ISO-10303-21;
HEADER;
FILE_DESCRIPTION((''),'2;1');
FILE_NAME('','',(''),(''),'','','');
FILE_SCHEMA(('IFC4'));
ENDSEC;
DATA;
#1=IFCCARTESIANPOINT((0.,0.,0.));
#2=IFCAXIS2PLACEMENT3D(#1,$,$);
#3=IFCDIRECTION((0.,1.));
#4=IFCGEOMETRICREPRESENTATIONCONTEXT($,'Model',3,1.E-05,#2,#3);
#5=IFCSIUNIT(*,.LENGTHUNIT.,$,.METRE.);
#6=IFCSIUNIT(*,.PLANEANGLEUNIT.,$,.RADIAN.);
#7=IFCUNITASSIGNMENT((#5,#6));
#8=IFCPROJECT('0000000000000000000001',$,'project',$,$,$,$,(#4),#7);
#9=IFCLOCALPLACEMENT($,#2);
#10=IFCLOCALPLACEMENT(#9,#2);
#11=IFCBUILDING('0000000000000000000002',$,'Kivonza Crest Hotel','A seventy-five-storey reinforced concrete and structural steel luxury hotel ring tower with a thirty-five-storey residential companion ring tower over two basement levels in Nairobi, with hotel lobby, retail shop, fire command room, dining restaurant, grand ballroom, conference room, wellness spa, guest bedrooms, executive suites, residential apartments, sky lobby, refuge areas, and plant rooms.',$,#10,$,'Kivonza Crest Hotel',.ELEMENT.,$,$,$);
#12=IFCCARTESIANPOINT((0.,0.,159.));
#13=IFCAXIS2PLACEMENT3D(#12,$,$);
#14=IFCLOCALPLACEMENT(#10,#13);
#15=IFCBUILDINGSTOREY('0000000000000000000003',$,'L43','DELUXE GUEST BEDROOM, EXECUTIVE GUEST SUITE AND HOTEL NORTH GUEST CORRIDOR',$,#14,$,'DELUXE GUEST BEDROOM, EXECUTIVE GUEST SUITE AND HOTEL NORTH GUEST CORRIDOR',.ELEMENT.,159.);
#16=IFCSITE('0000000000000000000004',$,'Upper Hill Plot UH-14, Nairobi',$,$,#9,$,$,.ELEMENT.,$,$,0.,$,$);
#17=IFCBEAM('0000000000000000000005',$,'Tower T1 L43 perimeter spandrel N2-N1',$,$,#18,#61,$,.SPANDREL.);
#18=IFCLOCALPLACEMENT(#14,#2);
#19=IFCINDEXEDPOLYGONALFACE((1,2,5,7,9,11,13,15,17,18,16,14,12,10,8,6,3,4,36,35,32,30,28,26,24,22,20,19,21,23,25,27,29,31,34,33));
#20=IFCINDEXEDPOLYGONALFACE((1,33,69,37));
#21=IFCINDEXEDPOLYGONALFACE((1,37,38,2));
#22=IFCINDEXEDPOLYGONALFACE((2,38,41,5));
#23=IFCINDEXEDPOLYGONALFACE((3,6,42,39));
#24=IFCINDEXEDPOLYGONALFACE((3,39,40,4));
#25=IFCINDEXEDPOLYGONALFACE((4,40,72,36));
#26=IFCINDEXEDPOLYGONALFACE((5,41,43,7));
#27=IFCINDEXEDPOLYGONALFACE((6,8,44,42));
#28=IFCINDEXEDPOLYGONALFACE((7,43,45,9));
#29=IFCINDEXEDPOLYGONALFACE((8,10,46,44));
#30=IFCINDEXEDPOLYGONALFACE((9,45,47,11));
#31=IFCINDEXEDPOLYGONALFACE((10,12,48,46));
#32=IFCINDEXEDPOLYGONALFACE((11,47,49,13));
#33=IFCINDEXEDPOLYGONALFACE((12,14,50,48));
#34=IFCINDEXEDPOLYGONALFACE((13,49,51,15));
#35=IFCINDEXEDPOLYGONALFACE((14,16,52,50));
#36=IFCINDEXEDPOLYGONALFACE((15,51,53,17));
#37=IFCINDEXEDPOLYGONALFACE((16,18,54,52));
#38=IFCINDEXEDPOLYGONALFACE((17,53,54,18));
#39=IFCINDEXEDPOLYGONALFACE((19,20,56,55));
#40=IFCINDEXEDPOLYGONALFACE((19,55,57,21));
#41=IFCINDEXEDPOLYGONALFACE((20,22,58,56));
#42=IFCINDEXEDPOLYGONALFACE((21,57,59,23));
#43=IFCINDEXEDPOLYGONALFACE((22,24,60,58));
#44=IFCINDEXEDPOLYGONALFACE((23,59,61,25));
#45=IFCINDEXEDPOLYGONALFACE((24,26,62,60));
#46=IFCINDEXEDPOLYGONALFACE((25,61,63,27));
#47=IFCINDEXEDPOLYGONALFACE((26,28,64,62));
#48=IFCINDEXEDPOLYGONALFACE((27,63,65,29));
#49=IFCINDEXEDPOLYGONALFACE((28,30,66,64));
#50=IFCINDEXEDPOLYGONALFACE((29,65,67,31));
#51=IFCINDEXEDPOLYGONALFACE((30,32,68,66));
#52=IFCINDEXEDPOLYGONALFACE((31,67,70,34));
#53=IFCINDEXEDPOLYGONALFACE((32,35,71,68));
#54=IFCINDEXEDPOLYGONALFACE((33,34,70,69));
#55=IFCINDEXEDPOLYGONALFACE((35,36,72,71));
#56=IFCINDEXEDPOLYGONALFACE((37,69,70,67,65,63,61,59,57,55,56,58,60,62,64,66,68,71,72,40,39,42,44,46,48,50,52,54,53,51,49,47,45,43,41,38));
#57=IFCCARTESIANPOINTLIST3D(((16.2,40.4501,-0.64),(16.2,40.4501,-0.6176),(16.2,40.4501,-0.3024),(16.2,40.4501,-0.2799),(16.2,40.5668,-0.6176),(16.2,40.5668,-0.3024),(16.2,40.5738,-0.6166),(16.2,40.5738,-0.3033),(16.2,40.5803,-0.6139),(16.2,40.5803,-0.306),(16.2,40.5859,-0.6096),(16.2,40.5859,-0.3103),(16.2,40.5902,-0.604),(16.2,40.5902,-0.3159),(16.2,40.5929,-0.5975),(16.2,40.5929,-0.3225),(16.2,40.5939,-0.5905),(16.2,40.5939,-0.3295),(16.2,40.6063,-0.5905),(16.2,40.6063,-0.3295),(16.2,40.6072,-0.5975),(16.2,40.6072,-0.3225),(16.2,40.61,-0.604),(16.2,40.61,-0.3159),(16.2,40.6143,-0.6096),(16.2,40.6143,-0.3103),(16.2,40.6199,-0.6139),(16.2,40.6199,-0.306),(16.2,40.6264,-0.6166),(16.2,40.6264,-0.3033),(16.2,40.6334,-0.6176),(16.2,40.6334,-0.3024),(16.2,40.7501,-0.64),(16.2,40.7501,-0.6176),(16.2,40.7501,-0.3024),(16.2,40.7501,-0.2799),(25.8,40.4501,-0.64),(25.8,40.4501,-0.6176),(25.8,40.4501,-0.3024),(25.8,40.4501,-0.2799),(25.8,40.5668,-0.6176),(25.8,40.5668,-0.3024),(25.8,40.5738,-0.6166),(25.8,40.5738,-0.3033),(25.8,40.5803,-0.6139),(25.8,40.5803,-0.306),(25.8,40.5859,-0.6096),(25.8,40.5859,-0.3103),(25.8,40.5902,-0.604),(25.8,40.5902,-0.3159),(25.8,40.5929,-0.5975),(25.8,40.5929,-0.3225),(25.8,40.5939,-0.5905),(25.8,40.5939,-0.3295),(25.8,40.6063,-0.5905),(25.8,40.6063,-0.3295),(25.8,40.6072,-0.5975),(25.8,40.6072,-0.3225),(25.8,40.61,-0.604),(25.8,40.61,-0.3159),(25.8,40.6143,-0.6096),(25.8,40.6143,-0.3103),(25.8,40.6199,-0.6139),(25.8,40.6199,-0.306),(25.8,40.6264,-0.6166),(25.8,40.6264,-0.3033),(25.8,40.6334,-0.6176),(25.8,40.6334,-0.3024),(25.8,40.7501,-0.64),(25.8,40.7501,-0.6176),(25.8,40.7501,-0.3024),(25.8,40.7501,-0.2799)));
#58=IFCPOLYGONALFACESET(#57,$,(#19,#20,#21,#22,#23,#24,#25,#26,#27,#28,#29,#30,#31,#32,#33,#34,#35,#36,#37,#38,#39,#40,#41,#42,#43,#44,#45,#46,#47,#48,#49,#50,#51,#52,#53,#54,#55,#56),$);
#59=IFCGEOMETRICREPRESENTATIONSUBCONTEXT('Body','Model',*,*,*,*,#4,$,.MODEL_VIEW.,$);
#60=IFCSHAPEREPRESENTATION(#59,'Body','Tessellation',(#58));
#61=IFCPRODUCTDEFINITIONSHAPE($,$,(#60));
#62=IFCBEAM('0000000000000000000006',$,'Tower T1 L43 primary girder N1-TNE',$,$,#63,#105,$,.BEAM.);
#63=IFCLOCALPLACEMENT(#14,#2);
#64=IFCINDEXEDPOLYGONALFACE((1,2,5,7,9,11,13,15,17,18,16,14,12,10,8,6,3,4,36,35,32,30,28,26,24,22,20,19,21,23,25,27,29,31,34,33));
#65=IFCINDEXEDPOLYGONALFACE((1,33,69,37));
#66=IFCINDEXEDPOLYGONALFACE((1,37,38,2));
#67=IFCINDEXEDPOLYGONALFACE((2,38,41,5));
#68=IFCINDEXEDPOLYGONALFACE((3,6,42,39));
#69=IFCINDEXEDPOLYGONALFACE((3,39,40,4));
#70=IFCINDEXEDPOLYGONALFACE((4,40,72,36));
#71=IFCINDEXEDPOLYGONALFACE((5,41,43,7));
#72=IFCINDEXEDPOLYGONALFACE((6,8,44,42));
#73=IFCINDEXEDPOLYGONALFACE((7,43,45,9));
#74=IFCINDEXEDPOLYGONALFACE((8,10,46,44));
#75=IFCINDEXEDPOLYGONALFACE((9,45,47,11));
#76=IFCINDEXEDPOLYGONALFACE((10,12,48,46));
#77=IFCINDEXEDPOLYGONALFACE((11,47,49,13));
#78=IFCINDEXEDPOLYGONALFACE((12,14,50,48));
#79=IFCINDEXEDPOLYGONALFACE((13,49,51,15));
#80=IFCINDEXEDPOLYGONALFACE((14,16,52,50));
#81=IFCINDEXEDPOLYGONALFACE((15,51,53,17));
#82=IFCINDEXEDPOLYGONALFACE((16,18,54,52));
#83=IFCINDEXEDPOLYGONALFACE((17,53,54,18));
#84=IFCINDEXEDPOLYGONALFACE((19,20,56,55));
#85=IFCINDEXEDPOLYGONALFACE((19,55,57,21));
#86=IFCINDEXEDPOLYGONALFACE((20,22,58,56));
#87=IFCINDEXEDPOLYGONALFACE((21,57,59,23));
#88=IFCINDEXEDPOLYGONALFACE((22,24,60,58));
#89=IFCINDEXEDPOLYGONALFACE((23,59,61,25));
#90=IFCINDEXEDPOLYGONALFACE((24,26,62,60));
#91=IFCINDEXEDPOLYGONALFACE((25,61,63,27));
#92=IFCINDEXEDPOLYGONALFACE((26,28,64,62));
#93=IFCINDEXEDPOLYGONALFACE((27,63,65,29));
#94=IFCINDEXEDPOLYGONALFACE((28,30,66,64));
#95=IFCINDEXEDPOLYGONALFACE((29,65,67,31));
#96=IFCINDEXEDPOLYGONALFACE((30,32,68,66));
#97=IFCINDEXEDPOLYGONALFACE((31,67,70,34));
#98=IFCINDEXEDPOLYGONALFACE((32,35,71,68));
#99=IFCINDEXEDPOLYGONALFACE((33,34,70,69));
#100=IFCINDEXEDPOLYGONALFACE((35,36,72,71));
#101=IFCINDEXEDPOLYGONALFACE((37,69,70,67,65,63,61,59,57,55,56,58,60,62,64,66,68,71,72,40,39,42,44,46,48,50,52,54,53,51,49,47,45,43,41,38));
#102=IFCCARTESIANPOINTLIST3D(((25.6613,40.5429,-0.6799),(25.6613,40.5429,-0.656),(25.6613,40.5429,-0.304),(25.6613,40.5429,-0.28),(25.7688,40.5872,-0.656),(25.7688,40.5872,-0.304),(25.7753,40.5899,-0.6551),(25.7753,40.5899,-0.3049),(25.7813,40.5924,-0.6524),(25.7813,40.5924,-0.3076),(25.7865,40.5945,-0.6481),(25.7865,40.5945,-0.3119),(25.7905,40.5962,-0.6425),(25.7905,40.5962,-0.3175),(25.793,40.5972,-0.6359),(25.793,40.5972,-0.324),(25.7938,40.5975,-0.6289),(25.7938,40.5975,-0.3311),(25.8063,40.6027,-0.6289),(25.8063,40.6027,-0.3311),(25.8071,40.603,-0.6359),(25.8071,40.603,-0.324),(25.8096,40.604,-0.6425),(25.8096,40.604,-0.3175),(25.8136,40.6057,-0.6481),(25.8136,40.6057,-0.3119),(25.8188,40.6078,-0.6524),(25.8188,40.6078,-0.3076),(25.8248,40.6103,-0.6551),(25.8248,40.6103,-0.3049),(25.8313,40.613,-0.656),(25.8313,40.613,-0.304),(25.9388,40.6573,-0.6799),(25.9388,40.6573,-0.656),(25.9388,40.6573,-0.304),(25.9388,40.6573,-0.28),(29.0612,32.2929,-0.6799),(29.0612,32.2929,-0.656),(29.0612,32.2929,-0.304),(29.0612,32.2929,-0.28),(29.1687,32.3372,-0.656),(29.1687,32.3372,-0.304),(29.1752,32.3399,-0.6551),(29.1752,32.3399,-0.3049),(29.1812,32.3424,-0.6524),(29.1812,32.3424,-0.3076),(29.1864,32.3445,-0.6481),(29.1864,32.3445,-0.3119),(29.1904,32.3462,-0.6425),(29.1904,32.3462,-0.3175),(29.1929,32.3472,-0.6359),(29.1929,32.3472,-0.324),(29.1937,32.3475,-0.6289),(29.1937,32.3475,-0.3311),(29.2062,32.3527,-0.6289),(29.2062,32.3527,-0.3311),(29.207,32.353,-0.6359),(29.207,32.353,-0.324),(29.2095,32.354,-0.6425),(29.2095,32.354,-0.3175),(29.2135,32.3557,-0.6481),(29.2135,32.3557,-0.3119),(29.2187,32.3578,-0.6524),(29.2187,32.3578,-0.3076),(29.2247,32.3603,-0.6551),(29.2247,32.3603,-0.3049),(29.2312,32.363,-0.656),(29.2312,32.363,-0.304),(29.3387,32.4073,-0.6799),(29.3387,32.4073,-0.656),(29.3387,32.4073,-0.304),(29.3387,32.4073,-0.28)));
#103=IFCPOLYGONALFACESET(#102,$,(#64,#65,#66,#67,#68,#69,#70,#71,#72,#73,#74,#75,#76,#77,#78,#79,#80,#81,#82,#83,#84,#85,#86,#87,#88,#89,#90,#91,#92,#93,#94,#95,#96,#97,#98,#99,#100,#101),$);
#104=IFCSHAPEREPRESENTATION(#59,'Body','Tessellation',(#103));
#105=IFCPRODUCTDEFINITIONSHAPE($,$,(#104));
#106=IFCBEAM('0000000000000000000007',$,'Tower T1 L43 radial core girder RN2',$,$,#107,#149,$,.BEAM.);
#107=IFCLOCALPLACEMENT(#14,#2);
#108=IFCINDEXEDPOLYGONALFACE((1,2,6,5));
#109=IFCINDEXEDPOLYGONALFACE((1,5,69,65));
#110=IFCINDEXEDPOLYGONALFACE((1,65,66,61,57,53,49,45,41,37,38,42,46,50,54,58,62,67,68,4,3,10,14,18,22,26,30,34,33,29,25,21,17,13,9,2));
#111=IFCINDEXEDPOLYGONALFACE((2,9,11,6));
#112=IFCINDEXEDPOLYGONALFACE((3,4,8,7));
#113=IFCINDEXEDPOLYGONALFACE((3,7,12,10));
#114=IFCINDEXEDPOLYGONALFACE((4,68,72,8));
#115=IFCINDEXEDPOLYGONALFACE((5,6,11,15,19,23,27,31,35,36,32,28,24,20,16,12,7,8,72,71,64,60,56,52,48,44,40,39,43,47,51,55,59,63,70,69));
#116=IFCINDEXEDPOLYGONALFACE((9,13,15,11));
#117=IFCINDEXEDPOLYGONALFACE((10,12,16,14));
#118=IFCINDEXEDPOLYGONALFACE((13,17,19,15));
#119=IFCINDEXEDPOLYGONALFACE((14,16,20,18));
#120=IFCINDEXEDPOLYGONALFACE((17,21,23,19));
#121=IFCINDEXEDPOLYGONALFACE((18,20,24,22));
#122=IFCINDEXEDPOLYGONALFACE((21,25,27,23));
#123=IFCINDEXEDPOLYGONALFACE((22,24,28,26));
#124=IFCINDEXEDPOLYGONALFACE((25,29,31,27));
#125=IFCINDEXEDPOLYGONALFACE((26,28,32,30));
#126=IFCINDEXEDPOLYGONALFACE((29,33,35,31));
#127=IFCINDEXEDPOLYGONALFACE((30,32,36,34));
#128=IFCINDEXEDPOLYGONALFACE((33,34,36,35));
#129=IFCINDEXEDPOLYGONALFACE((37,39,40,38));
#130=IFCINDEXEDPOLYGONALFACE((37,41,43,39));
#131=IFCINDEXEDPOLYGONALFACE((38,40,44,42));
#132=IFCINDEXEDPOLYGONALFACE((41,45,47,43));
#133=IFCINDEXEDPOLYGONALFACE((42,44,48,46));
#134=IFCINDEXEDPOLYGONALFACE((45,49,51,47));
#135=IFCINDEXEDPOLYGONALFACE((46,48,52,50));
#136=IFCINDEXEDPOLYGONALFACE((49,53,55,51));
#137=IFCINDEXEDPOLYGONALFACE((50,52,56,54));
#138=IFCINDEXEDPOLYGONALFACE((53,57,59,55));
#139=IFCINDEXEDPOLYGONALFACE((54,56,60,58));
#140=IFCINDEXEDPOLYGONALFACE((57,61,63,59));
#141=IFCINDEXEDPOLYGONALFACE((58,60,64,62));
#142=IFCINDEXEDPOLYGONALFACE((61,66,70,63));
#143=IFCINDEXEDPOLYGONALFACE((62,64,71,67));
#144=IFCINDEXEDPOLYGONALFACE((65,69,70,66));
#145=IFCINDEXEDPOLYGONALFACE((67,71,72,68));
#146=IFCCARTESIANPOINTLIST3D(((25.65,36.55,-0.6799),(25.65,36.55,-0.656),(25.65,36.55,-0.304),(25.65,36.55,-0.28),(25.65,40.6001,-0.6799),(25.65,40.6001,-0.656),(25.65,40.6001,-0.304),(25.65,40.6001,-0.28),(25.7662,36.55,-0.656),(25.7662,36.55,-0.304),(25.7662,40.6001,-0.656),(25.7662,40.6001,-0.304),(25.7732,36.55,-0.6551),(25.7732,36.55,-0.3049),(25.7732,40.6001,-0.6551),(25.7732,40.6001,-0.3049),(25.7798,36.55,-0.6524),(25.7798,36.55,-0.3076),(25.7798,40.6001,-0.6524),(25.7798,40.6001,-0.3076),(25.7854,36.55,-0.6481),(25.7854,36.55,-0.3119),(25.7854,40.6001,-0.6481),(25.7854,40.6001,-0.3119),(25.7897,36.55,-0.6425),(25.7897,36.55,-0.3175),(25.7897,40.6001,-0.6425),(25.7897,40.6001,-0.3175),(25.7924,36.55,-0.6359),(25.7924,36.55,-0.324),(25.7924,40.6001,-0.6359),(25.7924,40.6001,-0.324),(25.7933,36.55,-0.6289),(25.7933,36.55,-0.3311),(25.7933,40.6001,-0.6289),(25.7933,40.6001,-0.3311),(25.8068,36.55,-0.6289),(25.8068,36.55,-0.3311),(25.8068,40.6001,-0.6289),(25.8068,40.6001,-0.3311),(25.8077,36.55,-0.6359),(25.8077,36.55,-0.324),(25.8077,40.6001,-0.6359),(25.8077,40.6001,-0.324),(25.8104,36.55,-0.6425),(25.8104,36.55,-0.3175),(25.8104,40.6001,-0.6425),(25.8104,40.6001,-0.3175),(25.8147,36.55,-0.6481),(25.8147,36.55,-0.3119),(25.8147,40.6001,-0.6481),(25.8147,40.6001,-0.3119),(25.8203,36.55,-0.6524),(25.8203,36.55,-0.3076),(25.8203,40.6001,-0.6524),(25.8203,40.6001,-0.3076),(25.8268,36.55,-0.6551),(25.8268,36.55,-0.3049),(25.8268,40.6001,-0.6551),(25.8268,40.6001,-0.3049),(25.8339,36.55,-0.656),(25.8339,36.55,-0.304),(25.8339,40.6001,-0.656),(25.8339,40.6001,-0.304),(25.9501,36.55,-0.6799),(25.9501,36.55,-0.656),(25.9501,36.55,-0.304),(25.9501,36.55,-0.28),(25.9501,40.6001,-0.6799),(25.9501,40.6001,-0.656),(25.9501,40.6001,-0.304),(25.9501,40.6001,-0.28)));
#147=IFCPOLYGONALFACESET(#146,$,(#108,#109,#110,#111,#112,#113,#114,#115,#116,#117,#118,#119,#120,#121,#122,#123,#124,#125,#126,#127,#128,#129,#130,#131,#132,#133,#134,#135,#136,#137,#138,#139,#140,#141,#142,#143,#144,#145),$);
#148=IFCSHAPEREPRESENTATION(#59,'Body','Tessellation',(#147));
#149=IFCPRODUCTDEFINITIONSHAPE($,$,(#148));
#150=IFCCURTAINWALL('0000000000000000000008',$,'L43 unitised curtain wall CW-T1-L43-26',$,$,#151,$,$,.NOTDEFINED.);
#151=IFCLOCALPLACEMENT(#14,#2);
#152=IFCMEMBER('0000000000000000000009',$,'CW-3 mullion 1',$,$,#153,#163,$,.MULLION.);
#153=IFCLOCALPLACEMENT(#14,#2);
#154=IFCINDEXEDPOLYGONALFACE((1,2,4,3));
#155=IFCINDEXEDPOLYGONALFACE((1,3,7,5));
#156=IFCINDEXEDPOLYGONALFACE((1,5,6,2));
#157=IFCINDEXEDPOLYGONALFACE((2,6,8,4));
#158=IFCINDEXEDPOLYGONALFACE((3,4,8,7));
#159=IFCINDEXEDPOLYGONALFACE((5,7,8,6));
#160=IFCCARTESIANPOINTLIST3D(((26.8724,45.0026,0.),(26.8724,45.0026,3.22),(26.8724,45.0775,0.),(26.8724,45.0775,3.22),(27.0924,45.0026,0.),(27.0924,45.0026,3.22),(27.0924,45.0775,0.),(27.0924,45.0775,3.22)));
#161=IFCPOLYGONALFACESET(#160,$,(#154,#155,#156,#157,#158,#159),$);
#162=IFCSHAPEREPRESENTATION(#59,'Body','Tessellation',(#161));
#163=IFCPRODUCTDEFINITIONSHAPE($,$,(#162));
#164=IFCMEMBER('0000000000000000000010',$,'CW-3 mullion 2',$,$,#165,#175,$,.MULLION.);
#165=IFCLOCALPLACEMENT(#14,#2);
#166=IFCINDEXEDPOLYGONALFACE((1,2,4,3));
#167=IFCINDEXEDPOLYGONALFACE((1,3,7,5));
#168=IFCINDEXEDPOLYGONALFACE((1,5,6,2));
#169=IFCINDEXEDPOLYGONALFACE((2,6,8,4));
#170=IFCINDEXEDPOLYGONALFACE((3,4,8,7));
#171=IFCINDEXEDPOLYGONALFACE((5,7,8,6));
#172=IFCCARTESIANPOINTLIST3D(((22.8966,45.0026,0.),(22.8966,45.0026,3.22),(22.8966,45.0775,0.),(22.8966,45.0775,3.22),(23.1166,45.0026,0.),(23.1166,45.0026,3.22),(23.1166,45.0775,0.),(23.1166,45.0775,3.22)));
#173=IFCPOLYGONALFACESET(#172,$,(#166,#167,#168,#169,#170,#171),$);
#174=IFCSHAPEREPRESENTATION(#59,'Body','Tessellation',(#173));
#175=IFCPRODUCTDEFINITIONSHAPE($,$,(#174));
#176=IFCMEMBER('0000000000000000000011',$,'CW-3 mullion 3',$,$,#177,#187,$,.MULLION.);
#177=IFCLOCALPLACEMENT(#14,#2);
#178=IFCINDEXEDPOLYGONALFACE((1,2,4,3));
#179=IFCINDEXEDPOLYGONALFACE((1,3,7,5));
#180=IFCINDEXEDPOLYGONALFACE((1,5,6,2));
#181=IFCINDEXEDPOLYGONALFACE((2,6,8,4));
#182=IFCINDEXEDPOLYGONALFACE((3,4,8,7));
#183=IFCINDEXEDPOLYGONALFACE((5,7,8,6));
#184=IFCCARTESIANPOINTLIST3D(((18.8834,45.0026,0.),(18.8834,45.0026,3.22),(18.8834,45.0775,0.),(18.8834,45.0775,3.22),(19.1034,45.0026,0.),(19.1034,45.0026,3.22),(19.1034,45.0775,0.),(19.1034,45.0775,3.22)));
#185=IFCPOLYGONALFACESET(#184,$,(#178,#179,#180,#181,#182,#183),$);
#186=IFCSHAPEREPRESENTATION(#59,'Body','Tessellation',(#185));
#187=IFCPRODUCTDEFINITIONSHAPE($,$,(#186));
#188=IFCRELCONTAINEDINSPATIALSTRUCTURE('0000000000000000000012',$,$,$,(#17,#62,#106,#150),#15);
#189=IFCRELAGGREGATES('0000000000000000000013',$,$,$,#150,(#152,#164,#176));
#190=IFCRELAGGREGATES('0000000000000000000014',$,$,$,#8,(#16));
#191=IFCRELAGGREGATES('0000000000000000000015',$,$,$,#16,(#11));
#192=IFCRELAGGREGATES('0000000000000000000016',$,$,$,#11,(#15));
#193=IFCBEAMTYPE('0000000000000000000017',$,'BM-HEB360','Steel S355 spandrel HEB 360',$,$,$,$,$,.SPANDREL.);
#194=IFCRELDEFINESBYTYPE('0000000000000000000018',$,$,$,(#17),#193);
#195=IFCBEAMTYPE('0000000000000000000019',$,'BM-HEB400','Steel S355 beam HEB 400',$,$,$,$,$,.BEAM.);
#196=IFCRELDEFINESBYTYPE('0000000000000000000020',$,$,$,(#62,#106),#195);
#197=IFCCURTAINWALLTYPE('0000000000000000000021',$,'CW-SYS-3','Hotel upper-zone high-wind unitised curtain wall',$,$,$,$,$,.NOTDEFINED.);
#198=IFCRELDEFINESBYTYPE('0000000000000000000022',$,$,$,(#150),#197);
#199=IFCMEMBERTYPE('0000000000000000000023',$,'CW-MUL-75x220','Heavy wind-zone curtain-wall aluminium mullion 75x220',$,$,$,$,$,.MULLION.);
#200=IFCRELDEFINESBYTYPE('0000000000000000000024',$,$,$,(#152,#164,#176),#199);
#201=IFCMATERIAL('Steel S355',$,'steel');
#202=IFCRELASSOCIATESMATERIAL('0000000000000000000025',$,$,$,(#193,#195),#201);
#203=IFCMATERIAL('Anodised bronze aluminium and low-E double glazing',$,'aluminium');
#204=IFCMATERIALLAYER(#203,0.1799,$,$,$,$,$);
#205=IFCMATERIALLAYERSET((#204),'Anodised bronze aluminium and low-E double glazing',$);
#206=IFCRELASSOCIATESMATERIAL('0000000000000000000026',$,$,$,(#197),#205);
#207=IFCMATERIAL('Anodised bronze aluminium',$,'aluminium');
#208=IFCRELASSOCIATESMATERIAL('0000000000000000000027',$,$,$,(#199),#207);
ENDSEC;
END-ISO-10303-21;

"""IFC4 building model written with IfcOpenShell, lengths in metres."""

from ifc_helpers import new_model, si_unit, direction, frame, origin, origin_2d, place, context, subcontext, project, spatial, rectangle, i_section, extrude, material, layer, layer_set, material_profile, profile_set, type_object, element, aggregate, save


model = new_model("IFC4")

# Units and contexts
model_context = context("Model", 3, precision=1e-05, world=origin(), true_north=direction((0.0, 1.0)))
body_context = subcontext(model_context, "Body", "Model", "MODEL_VIEW")
ifc_project = project(units=[si_unit("LENGTHUNIT", "METRE"), si_unit("PLANEANGLEUNIT", "RADIAN")], contexts=[model_context])

# Site, building, storey
site_placement = place(None, origin())
site = spatial("IfcSite", under=ifc_project, at=site_placement, Name="Upper Hill Plot UH-14, Nairobi", CompositionType="ELEMENT", RefElevation=0.0)
building_placement = place(site_placement, origin())
building = spatial("IfcBuilding", under=site, at=building_placement, Name="Kivonza Crest Hotel", Description="A seventy-five-storey reinforced concrete and structural steel luxury hotel ring tower with a thirty-five-storey residential companion ring tower over two basement levels in Nairobi, with hotel lobby, retail shop, fire command room, dining restaurant, grand ballroom, conference room, wellness spa, guest bedrooms, executive suites, residential apartments, sky lobby, refuge areas, and plant rooms.", LongName="Kivonza Crest Hotel", CompositionType="ELEMENT")
storey_placement = place(building_placement, frame((0.0, 0.0, 159.0)))
storey = spatial("IfcBuildingStorey", under=building, at=storey_placement, Name="L43", Description="DELUXE GUEST BEDROOM, EXECUTIVE GUEST SUITE AND HOTEL NORTH GUEST CORRIDOR", LongName="DELUXE GUEST BEDROOM, EXECUTIVE GUEST SUITE AND HOTEL NORTH GUEST CORRIDOR", CompositionType="ELEMENT", Elevation=159.0)

# Beams
ifc_material_1 = material(Name="Steel S355", Category="steel")
ifc_material_profile_1 = material_profile(ifc_material_1, i_section(OverallWidth=0.3, OverallDepth=0.3601, WebThickness=0.0125, FlangeThickness=0.0225, FilletRadius=0.0271, at=origin_2d()), Name="HEB 360")
ifc_profile_set_1 = profile_set([ifc_material_profile_1], Name="Steel S355")
beam_type_1 = type_object("IfcBeamType", Name="BM-HEB360", Description="Steel S355 spandrel HEB 360", PredefinedType="SPANDREL", material=ifc_profile_set_1)
beam_1_placement = place(storey_placement, frame((25.8, 40.6001, -0.46), z_axis=(-1.0, 0.0, 0.0), x_axis=(0.0, -1.0, 0.0)))
element("IfcBeam", 1, at=beam_1_placement, inside=storey, type_object=beam_type_1, Name="Tower T1 L43 perimeter spandrel N2-N1", PredefinedType="SPANDREL", context=body_context, shape_type="SweptSolid", body=[
    extrude(i_section(OverallWidth=0.3, OverallDepth=0.3601, WebThickness=0.0125, FlangeThickness=0.0225, FilletRadius=0.0271, at=origin_2d()), origin(), (0.0, 0.0, 1.0), 9.6001),
])
ifc_material_profile_2 = material_profile(ifc_material_1, i_section(OverallWidth=0.3, OverallDepth=0.3999, WebThickness=0.0134, FlangeThickness=0.0239, FilletRadius=0.0271, at=origin_2d()), Name="HEB 400")
ifc_profile_set_2 = profile_set([ifc_material_profile_2], Name="Steel S355")
beam_type_2 = type_object("IfcBeamType", Name="BM-HEB400", Description="Steel S355 beam HEB 400", PredefinedType="BEAM", material=ifc_profile_set_2)
beam_2_placement = place(storey_placement, frame((25.8, 40.6001, -0.48), z_axis=(0.381022, -0.924566, 0.0), x_axis=(0.924566, 0.381022, 0.0)))
element("IfcBeam", 2, at=beam_2_placement, inside=storey, type_object=beam_type_2, Name="Tower T1 L43 primary girder N1-TNE", PredefinedType="BEAM", context=body_context, shape_type="SweptSolid", body=[
    extrude(i_section(OverallWidth=0.3, OverallDepth=0.3999, WebThickness=0.0134, FlangeThickness=0.0239, FilletRadius=0.0271, at=origin_2d()), origin(), (0.0, 0.0, 1.0), 8.9231),
])
beam_3_placement = place(storey_placement, frame((25.8, 40.6001, -0.48), z_axis=(0.0, -1.0, 0.0), x_axis=(1.0, 0.0, 0.0)))
element("IfcBeam", 3, at=beam_3_placement, inside=storey, type_object=beam_type_2, Name="Tower T1 L43 radial core girder RN2", PredefinedType="BEAM", context=body_context, shape_type="SweptSolid", body=[
    extrude(i_section(OverallWidth=0.3, OverallDepth=0.3999, WebThickness=0.0134, FlangeThickness=0.0239, FilletRadius=0.0271, at=origin_2d()), origin(), (0.0, 0.0, 1.0), 4.05),
])

# Curtain wall, members
ifc_material_2 = material(Name="Anodised bronze aluminium and low-E double glazing", Category="aluminium")
ifc_layer_1 = layer(ifc_material_2, 0.1799)
ifc_layer_set_1 = layer_set([ifc_layer_1], Name="Anodised bronze aluminium and low-E double glazing")
curtain_wall_type = type_object("IfcCurtainWallType", Name="CW-SYS-3", Description="Hotel upper-zone high-wind unitised curtain wall", PredefinedType="NOTDEFINED", material=ifc_layer_set_1)
curtain_wall_placement = place(storey_placement, origin())
curtain_wall = element("IfcCurtainWall", 4, at=curtain_wall_placement, inside=storey, type_object=curtain_wall_type, Name="L43 unitised curtain wall CW-T1-L43-26", PredefinedType="NOTDEFINED")
ifc_material_3 = material(Name="Anodised bronze aluminium", Category="aluminium")
ifc_material_profile_3 = material_profile(ifc_material_3, rectangle(XDim=0.075, YDim=0.22, at=origin_2d()), Name="CW-M 75x220")
ifc_profile_set_3 = profile_set([ifc_material_profile_3], Name="Anodised bronze aluminium")
member_type_1 = type_object("IfcMemberType", Name="CW-MUL-75x220", Description="Heavy wind-zone curtain-wall aluminium mullion 75x220", PredefinedType="MULLION", material=ifc_profile_set_3)
member_1_placement = place(storey_placement, frame((26.9824, 45.04, 0.0), z_axis=(0.0, 0.0, 1.0), x_axis=(0.0, -1.0, 0.0)))
member_1 = element("IfcMember", 5, at=member_1_placement, type_object=member_type_1, Name="CW-3 mullion 1", PredefinedType="MULLION", context=body_context, shape_type="SweptSolid", body=[
    extrude(rectangle(XDim=0.075, YDim=0.22, at=origin_2d()), origin(), (0.0, 0.0, 1.0), 3.22),
])
member_2_placement = place(storey_placement, frame((23.0066, 45.04, 0.0), z_axis=(0.0, 0.0, 1.0), x_axis=(0.0, -1.0, 0.0)))
member_2 = element("IfcMember", 6, at=member_2_placement, type_object=member_type_1, Name="CW-3 mullion 2", PredefinedType="MULLION", context=body_context, shape_type="SweptSolid", body=[
    extrude(rectangle(XDim=0.075, YDim=0.22, at=origin_2d()), origin(), (0.0, 0.0, 1.0), 3.22),
])
member_3_placement = place(storey_placement, frame((18.9934, 45.04, 0.0), z_axis=(0.0, 0.0, 1.0), x_axis=(0.0, -1.0, 0.0)))
member_3 = element("IfcMember", 7, at=member_3_placement, type_object=member_type_1, Name="CW-3 mullion 3", PredefinedType="MULLION", context=body_context, shape_type="SweptSolid", body=[
    extrude(rectangle(XDim=0.075, YDim=0.22, at=origin_2d()), origin(), (0.0, 0.0, 1.0), 3.22),
])
aggregate(curtain_wall, [member_1, member_2, member_3])

save(model, "model.ifc")
